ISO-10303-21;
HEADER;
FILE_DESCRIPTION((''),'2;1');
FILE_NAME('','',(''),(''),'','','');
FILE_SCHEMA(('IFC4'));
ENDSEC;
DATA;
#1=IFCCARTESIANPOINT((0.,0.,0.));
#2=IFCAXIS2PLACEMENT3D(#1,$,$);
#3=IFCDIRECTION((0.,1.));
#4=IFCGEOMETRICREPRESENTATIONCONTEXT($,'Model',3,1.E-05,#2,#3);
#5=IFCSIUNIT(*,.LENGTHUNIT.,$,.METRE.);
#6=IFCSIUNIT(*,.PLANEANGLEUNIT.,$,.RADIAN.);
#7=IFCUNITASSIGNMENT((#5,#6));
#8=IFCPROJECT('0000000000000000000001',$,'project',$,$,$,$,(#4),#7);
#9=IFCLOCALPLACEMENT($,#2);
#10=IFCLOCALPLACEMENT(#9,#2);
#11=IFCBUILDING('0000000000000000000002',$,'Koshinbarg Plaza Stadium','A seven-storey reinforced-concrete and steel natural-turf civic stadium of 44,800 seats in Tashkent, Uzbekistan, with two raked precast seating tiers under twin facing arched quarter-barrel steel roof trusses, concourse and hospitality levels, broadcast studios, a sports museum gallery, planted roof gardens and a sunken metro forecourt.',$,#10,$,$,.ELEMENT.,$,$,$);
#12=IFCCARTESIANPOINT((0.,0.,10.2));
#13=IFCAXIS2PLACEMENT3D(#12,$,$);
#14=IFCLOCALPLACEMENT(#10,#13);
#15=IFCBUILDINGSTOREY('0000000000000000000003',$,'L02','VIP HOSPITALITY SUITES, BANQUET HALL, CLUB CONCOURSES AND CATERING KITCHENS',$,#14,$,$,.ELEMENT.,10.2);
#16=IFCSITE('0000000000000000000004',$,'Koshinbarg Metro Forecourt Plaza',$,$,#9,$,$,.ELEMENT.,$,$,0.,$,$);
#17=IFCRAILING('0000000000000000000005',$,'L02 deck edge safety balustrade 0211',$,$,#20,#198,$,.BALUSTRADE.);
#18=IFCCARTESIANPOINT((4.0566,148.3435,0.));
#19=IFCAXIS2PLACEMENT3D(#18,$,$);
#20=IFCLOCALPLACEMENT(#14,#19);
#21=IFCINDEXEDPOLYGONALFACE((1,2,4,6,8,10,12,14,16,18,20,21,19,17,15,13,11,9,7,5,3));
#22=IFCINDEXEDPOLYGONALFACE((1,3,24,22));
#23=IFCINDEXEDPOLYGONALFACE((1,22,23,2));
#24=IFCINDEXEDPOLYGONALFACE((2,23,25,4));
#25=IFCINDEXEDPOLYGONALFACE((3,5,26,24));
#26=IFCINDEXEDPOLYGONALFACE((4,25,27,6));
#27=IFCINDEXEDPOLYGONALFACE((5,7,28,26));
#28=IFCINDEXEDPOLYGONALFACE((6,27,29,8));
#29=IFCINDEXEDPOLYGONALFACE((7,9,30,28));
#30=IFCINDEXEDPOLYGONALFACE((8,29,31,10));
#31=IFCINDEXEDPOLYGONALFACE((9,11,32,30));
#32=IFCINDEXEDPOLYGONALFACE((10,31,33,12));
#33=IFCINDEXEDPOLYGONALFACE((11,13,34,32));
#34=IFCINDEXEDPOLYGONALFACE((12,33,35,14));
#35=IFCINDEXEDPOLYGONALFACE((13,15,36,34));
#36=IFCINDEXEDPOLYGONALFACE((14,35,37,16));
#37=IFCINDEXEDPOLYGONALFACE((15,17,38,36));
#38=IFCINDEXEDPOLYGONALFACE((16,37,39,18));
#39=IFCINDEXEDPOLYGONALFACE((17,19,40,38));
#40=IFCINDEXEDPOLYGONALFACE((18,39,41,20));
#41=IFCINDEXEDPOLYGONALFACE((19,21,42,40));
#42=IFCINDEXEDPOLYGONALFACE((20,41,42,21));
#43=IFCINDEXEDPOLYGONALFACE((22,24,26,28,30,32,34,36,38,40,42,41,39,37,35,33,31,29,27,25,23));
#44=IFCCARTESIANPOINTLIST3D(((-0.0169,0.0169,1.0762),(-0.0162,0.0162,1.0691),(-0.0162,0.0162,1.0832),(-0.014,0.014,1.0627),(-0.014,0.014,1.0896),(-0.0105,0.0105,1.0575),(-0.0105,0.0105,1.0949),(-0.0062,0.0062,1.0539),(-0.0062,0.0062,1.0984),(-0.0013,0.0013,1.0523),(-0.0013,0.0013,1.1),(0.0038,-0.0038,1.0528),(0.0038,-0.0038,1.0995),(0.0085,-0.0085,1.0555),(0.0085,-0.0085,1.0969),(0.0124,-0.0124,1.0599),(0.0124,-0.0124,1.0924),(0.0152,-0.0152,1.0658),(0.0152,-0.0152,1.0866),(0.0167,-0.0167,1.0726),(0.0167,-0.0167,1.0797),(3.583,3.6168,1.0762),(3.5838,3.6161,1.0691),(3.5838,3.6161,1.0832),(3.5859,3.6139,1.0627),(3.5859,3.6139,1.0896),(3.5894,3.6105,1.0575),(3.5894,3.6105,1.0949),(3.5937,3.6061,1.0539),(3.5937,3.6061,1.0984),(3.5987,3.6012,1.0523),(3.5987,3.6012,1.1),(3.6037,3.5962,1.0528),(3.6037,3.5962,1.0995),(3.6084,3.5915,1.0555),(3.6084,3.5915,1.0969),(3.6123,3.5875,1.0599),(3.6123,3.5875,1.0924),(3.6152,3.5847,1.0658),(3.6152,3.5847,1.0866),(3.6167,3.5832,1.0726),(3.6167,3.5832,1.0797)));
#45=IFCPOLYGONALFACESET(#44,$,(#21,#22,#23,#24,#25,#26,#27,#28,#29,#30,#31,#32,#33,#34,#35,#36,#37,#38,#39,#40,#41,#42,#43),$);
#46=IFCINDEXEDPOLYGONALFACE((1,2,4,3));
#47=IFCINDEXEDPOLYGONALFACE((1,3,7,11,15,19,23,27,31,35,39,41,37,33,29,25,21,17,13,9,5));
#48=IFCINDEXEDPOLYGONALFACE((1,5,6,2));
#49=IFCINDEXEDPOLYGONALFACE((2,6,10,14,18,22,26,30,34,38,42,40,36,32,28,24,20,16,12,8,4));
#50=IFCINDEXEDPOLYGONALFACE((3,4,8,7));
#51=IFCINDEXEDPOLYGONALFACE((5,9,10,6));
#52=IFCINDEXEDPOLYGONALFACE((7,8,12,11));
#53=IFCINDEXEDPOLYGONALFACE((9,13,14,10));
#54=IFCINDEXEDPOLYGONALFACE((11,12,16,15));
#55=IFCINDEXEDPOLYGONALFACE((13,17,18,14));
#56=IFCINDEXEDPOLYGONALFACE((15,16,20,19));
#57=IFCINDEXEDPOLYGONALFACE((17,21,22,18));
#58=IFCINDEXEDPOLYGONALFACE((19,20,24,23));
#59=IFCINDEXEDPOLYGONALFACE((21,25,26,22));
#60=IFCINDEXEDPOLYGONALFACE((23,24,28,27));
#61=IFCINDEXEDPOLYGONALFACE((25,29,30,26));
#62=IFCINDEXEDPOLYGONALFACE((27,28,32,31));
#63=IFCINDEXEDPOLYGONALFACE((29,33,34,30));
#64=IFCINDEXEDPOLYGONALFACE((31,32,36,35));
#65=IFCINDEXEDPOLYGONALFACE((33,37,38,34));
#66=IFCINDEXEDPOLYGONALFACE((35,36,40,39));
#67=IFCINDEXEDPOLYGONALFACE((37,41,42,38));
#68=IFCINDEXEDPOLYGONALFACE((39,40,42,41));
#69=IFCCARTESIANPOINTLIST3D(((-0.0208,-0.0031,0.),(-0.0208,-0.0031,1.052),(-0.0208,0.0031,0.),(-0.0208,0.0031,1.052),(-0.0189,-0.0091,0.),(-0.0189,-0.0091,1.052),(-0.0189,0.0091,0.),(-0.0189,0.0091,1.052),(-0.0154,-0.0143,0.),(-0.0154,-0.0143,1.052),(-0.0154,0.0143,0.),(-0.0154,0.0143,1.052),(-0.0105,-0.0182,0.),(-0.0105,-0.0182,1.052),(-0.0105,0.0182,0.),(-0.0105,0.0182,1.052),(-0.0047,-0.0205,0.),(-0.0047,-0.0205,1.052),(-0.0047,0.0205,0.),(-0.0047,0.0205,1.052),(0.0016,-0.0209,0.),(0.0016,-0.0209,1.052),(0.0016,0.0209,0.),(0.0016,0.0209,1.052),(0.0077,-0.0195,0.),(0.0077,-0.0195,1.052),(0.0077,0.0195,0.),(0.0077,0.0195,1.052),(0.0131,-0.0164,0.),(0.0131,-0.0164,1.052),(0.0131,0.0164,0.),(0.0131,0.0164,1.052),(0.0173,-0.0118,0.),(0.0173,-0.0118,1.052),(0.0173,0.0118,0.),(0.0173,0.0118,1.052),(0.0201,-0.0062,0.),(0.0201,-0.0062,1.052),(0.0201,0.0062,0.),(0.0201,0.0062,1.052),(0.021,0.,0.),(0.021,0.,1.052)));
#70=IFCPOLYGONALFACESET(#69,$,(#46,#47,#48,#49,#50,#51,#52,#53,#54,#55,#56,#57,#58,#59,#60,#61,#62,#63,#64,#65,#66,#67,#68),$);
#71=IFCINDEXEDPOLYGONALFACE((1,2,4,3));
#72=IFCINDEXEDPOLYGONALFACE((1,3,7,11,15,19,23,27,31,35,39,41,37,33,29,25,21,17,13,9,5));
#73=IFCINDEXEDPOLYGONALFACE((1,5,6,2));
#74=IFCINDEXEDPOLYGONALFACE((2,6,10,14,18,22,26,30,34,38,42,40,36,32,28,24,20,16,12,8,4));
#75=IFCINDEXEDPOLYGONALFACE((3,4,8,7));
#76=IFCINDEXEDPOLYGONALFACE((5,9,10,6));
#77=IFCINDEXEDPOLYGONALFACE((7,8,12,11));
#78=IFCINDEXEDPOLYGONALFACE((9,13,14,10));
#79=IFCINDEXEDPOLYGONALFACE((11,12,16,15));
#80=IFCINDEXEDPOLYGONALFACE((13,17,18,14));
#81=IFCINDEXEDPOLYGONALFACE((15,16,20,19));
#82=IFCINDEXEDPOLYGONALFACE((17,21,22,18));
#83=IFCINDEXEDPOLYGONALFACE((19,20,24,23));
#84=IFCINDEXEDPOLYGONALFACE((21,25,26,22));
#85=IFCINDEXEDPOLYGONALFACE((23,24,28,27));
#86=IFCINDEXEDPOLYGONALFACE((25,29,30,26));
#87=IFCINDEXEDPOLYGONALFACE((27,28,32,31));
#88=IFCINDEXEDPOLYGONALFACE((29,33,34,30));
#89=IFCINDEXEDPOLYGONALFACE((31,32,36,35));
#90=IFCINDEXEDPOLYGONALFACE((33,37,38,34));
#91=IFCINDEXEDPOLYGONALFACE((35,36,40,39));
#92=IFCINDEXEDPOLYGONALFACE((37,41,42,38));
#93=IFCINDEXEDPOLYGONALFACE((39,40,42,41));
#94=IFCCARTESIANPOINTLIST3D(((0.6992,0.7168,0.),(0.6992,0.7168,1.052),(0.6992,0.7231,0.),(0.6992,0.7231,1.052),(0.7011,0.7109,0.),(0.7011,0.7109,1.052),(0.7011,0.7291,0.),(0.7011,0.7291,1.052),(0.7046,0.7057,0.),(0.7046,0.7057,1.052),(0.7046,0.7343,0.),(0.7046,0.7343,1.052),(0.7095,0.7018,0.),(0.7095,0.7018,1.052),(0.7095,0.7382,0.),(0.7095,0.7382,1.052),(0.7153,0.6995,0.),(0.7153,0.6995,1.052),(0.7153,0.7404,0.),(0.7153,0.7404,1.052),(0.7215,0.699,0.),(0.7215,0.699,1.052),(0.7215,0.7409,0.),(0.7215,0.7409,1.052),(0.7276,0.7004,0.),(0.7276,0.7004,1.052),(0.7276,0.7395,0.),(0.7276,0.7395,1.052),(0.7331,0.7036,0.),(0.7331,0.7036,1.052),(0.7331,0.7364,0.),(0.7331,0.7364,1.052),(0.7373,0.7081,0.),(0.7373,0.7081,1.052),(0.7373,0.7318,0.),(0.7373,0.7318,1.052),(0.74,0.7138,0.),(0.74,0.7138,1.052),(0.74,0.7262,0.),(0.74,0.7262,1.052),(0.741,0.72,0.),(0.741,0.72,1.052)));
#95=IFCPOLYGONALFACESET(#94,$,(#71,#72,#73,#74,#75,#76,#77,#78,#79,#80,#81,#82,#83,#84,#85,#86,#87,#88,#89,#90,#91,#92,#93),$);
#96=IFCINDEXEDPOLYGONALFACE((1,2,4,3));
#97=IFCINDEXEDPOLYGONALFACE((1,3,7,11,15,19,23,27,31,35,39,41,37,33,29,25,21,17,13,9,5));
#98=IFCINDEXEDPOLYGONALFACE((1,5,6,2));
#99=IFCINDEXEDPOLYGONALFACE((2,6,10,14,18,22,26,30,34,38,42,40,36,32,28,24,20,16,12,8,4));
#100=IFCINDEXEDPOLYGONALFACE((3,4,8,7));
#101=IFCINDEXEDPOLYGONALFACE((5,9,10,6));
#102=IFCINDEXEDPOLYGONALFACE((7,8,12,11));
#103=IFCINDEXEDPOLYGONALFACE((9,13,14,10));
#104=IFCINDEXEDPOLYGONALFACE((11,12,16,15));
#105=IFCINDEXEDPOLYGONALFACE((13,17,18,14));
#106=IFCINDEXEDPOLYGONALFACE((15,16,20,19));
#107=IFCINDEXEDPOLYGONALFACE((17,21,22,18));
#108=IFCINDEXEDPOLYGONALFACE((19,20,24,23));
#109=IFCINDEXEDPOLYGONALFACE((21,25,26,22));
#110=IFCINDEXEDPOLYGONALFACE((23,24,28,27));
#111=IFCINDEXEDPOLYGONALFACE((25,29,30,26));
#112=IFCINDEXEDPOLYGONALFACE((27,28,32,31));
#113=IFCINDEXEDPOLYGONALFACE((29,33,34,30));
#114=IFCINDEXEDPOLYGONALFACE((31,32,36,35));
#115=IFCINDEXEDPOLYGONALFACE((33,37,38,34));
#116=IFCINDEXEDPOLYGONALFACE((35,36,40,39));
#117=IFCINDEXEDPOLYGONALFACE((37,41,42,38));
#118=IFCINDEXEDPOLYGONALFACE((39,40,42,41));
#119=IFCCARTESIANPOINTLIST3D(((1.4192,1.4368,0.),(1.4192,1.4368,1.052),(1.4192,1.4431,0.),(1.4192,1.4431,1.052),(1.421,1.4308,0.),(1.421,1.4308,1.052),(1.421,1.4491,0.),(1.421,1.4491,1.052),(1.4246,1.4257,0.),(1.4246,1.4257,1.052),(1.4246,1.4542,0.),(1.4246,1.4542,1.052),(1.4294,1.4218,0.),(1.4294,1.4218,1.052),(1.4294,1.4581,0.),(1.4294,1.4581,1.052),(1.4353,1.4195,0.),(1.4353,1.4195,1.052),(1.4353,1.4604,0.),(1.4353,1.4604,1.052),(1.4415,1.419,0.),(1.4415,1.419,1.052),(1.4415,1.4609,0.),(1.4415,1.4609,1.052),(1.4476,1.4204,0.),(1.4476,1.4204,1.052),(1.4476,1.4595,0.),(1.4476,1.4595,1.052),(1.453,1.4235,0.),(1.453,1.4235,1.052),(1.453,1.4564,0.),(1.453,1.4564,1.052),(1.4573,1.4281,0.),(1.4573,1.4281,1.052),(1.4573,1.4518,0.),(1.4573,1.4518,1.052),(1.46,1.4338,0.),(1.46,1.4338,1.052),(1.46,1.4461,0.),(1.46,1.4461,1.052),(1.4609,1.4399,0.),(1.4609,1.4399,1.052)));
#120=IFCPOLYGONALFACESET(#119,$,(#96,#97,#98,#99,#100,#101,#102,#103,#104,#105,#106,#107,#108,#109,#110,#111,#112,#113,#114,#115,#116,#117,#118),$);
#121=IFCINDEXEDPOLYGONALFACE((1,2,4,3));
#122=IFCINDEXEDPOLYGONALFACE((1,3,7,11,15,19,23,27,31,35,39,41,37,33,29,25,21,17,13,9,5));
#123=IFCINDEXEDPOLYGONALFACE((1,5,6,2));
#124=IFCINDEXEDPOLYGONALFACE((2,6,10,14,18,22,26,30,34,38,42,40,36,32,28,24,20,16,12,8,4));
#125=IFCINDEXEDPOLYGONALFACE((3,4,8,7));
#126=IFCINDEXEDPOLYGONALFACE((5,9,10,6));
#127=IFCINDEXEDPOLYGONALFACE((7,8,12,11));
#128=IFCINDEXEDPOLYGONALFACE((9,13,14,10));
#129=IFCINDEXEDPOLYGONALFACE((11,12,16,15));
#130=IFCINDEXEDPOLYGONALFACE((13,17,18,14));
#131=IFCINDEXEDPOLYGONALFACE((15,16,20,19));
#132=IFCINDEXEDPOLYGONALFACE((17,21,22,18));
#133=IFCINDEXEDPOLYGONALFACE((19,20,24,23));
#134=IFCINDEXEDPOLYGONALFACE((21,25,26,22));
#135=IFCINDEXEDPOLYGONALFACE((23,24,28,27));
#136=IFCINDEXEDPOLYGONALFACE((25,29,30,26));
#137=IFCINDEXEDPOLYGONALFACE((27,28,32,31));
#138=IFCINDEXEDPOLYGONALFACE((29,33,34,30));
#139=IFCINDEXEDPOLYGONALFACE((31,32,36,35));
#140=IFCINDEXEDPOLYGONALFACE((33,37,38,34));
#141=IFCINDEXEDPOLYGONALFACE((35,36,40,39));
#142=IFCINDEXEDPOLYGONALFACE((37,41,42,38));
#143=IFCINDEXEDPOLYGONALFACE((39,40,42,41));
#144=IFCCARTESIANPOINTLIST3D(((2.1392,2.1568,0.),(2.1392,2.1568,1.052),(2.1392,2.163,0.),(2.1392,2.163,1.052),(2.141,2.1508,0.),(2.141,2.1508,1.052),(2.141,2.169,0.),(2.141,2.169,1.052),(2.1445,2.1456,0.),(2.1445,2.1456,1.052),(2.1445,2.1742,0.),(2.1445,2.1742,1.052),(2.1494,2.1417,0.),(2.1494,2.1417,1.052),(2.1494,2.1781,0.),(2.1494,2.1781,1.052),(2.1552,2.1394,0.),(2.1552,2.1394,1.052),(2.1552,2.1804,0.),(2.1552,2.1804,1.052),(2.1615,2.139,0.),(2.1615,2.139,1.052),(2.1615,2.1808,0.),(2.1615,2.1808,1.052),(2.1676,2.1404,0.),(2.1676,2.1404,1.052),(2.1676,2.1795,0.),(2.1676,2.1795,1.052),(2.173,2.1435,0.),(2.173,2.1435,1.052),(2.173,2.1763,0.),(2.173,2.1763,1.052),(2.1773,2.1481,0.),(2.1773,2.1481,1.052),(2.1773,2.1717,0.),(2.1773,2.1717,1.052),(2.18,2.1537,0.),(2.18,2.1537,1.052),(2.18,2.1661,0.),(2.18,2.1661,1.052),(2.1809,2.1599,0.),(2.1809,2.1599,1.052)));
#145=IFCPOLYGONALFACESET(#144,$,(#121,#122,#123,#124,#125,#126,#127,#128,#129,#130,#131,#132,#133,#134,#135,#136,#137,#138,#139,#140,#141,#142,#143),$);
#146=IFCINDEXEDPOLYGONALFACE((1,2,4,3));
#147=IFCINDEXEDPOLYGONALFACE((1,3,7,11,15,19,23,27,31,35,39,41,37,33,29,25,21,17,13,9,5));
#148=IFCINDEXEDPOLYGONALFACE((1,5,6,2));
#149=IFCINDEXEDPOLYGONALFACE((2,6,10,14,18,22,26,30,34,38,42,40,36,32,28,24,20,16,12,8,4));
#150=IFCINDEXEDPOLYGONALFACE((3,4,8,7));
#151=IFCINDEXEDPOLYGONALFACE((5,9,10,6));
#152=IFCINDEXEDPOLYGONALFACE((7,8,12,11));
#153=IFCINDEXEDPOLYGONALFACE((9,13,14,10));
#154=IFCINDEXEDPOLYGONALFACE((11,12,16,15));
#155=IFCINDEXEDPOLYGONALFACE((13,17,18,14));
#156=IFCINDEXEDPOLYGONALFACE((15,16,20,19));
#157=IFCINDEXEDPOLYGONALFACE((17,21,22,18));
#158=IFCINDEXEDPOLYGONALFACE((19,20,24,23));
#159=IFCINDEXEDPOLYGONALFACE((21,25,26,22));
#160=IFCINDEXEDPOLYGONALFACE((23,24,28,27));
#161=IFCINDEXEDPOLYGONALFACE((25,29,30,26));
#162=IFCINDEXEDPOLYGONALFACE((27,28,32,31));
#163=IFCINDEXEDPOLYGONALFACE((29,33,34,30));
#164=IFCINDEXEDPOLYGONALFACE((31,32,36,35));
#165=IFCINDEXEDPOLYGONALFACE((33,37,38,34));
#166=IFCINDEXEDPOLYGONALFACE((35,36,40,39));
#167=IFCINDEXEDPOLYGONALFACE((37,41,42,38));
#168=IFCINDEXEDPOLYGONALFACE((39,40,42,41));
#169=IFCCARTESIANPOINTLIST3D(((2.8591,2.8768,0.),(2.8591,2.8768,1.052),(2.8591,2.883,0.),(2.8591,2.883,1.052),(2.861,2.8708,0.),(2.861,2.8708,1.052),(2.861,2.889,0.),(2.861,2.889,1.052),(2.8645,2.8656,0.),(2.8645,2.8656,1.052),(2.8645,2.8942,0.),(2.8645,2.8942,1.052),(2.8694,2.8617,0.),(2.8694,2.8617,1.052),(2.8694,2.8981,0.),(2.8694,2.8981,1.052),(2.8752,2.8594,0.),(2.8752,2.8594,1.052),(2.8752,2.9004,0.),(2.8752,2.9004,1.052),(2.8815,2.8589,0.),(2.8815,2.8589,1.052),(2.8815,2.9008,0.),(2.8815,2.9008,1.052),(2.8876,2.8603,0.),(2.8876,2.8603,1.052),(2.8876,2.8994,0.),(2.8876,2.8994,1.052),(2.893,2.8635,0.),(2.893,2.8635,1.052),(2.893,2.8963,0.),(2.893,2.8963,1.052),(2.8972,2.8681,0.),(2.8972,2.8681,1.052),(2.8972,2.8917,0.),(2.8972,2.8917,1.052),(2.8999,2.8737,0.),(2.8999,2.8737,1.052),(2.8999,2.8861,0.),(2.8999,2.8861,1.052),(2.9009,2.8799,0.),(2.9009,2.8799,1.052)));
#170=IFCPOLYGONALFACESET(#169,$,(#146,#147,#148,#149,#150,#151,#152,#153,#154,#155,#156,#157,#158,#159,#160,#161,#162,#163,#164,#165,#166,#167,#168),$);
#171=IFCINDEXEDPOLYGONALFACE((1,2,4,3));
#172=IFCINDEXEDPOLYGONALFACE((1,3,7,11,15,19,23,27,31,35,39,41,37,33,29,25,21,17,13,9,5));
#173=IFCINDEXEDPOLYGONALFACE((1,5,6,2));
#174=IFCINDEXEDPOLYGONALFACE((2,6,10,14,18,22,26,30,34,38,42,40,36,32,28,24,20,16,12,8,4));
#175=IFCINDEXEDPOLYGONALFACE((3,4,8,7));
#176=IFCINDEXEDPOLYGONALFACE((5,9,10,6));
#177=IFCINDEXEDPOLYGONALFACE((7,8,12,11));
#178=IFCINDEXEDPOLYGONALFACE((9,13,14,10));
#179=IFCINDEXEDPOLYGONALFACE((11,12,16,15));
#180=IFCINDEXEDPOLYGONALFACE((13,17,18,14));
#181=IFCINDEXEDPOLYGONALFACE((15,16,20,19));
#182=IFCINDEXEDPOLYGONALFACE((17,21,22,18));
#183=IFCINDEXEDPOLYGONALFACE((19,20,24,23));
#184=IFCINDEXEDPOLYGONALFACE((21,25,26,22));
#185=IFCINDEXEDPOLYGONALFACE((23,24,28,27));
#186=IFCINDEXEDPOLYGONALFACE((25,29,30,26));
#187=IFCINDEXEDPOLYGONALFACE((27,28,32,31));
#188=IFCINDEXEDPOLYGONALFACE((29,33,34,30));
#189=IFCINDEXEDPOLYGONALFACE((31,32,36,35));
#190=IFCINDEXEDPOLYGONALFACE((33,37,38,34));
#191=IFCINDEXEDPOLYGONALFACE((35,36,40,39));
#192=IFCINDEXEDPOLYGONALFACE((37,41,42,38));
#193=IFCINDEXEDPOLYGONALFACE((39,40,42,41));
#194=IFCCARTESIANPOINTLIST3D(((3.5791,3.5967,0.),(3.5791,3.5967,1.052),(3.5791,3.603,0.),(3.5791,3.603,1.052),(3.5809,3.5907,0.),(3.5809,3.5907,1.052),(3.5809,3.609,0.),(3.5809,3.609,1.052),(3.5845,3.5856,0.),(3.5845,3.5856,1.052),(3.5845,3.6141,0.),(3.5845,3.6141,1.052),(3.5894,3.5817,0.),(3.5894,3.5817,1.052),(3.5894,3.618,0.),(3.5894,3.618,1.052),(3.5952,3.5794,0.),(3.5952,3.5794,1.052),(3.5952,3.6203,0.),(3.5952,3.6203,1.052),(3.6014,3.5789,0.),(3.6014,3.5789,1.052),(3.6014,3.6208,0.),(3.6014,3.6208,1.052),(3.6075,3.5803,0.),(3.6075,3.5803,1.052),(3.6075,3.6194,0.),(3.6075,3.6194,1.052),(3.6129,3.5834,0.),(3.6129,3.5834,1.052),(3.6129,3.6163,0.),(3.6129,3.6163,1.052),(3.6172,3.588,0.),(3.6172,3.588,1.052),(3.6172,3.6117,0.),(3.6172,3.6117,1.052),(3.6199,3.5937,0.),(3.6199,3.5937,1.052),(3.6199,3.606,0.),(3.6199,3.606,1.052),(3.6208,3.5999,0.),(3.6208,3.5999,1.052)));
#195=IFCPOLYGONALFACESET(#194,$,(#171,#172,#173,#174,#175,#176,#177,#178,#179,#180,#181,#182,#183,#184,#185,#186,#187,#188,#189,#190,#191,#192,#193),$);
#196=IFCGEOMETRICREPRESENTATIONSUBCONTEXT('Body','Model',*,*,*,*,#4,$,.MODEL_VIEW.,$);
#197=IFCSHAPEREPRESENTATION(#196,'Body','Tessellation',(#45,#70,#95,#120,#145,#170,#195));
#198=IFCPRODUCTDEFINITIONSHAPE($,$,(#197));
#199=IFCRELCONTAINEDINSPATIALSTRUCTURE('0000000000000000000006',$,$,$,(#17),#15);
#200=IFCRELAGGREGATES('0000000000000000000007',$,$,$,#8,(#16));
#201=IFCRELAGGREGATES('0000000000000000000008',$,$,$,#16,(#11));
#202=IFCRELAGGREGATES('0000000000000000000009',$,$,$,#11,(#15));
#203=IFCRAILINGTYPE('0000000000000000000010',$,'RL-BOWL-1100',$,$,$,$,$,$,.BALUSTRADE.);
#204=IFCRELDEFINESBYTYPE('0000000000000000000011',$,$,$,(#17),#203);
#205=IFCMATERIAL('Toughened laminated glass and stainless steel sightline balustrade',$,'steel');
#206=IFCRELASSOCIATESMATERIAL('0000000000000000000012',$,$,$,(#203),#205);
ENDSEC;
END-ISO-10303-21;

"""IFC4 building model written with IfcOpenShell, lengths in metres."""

from ifc_helpers import new_model, si_unit, direction, frame, origin, origin_2d, place, context, subcontext, project, spatial, circle, extrude, material, type_object, element, save


model = new_model("IFC4")

# Units and contexts
model_context = context("Model", 3, precision=1e-05, world=origin(), true_north=direction((0.0, 1.0)))
body_context = subcontext(model_context, "Body", "Model", "MODEL_VIEW")
ifc_project = project(units=[si_unit("LENGTHUNIT", "METRE"), si_unit("PLANEANGLEUNIT", "RADIAN")], contexts=[model_context])

# Site, building, storey
site_placement = place(None, origin())
site = spatial("IfcSite", under=ifc_project, at=site_placement, Name="Koshinbarg Metro Forecourt Plaza", CompositionType="ELEMENT", RefElevation=0.0)
building_placement = place(site_placement, origin())
building = spatial("IfcBuilding", under=site, at=building_placement, Name="Koshinbarg Plaza Stadium", Description="A seven-storey reinforced-concrete and steel natural-turf civic stadium of 44,800 seats in Tashkent, Uzbekistan, with two raked precast seating tiers under twin facing arched quarter-barrel steel roof trusses, concourse and hospitality levels, broadcast studios, a sports museum gallery, planted roof gardens and a sunken metro forecourt.", CompositionType="ELEMENT")
storey_placement = place(building_placement, frame((0.0, 0.0, 10.2)))
storey = spatial("IfcBuildingStorey", under=building, at=storey_placement, Name="L02", Description="VIP HOSPITALITY SUITES, BANQUET HALL, CLUB CONCOURSES AND CATERING KITCHENS", CompositionType="ELEMENT", Elevation=10.2)

# Railing
ifc_material_1 = material(Name="Toughened laminated glass and stainless steel sightline balustrade", Category="steel")
railing_type = type_object("IfcRailingType", Name="RL-BOWL-1100", PredefinedType="BALUSTRADE", material=ifc_material_1)
railing_placement = place(storey_placement, frame((4.0566, 148.3435, 0.0)))
element("IfcRailing", 1, at=railing_placement, inside=storey, type_object=railing_type, Name="L02 deck edge safety balustrade 0211", PredefinedType="BALUSTRADE", context=body_context, shape_type="SweptSolid", body=[
    extrude(circle(Radius=0.0239, at=origin_2d()), frame((0.0, 0.0, 1.0762), z_axis=(0.707107, 0.707107, 0.0), x_axis=(-0.707107, 0.707107, 0.0)), (0.0, 0.0, 1.0), 5.0911),
    extrude(circle(Radius=0.021, at=origin_2d()), origin(), (0.0, 0.0, 1.0), 1.052),
    extrude(circle(Radius=0.021, at=origin_2d()), frame((0.72, 0.72, 0.0)), (0.0, 0.0, 1.0), 1.052),
    extrude(circle(Radius=0.021, at=origin_2d()), frame((1.4399, 1.4399, 0.0)), (0.0, 0.0, 1.0), 1.052),
    extrude(circle(Radius=0.021, at=origin_2d()), frame((2.1599, 2.1599, 0.0)), (0.0, 0.0, 1.0), 1.052),
    extrude(circle(Radius=0.021, at=origin_2d()), frame((2.8799, 2.8799, 0.0)), (0.0, 0.0, 1.0), 1.052),
    extrude(circle(Radius=0.021, at=origin_2d()), frame((3.5999, 3.5999, 0.0)), (0.0, 0.0, 1.0), 1.052),
])

save(model, "model.ifc")
